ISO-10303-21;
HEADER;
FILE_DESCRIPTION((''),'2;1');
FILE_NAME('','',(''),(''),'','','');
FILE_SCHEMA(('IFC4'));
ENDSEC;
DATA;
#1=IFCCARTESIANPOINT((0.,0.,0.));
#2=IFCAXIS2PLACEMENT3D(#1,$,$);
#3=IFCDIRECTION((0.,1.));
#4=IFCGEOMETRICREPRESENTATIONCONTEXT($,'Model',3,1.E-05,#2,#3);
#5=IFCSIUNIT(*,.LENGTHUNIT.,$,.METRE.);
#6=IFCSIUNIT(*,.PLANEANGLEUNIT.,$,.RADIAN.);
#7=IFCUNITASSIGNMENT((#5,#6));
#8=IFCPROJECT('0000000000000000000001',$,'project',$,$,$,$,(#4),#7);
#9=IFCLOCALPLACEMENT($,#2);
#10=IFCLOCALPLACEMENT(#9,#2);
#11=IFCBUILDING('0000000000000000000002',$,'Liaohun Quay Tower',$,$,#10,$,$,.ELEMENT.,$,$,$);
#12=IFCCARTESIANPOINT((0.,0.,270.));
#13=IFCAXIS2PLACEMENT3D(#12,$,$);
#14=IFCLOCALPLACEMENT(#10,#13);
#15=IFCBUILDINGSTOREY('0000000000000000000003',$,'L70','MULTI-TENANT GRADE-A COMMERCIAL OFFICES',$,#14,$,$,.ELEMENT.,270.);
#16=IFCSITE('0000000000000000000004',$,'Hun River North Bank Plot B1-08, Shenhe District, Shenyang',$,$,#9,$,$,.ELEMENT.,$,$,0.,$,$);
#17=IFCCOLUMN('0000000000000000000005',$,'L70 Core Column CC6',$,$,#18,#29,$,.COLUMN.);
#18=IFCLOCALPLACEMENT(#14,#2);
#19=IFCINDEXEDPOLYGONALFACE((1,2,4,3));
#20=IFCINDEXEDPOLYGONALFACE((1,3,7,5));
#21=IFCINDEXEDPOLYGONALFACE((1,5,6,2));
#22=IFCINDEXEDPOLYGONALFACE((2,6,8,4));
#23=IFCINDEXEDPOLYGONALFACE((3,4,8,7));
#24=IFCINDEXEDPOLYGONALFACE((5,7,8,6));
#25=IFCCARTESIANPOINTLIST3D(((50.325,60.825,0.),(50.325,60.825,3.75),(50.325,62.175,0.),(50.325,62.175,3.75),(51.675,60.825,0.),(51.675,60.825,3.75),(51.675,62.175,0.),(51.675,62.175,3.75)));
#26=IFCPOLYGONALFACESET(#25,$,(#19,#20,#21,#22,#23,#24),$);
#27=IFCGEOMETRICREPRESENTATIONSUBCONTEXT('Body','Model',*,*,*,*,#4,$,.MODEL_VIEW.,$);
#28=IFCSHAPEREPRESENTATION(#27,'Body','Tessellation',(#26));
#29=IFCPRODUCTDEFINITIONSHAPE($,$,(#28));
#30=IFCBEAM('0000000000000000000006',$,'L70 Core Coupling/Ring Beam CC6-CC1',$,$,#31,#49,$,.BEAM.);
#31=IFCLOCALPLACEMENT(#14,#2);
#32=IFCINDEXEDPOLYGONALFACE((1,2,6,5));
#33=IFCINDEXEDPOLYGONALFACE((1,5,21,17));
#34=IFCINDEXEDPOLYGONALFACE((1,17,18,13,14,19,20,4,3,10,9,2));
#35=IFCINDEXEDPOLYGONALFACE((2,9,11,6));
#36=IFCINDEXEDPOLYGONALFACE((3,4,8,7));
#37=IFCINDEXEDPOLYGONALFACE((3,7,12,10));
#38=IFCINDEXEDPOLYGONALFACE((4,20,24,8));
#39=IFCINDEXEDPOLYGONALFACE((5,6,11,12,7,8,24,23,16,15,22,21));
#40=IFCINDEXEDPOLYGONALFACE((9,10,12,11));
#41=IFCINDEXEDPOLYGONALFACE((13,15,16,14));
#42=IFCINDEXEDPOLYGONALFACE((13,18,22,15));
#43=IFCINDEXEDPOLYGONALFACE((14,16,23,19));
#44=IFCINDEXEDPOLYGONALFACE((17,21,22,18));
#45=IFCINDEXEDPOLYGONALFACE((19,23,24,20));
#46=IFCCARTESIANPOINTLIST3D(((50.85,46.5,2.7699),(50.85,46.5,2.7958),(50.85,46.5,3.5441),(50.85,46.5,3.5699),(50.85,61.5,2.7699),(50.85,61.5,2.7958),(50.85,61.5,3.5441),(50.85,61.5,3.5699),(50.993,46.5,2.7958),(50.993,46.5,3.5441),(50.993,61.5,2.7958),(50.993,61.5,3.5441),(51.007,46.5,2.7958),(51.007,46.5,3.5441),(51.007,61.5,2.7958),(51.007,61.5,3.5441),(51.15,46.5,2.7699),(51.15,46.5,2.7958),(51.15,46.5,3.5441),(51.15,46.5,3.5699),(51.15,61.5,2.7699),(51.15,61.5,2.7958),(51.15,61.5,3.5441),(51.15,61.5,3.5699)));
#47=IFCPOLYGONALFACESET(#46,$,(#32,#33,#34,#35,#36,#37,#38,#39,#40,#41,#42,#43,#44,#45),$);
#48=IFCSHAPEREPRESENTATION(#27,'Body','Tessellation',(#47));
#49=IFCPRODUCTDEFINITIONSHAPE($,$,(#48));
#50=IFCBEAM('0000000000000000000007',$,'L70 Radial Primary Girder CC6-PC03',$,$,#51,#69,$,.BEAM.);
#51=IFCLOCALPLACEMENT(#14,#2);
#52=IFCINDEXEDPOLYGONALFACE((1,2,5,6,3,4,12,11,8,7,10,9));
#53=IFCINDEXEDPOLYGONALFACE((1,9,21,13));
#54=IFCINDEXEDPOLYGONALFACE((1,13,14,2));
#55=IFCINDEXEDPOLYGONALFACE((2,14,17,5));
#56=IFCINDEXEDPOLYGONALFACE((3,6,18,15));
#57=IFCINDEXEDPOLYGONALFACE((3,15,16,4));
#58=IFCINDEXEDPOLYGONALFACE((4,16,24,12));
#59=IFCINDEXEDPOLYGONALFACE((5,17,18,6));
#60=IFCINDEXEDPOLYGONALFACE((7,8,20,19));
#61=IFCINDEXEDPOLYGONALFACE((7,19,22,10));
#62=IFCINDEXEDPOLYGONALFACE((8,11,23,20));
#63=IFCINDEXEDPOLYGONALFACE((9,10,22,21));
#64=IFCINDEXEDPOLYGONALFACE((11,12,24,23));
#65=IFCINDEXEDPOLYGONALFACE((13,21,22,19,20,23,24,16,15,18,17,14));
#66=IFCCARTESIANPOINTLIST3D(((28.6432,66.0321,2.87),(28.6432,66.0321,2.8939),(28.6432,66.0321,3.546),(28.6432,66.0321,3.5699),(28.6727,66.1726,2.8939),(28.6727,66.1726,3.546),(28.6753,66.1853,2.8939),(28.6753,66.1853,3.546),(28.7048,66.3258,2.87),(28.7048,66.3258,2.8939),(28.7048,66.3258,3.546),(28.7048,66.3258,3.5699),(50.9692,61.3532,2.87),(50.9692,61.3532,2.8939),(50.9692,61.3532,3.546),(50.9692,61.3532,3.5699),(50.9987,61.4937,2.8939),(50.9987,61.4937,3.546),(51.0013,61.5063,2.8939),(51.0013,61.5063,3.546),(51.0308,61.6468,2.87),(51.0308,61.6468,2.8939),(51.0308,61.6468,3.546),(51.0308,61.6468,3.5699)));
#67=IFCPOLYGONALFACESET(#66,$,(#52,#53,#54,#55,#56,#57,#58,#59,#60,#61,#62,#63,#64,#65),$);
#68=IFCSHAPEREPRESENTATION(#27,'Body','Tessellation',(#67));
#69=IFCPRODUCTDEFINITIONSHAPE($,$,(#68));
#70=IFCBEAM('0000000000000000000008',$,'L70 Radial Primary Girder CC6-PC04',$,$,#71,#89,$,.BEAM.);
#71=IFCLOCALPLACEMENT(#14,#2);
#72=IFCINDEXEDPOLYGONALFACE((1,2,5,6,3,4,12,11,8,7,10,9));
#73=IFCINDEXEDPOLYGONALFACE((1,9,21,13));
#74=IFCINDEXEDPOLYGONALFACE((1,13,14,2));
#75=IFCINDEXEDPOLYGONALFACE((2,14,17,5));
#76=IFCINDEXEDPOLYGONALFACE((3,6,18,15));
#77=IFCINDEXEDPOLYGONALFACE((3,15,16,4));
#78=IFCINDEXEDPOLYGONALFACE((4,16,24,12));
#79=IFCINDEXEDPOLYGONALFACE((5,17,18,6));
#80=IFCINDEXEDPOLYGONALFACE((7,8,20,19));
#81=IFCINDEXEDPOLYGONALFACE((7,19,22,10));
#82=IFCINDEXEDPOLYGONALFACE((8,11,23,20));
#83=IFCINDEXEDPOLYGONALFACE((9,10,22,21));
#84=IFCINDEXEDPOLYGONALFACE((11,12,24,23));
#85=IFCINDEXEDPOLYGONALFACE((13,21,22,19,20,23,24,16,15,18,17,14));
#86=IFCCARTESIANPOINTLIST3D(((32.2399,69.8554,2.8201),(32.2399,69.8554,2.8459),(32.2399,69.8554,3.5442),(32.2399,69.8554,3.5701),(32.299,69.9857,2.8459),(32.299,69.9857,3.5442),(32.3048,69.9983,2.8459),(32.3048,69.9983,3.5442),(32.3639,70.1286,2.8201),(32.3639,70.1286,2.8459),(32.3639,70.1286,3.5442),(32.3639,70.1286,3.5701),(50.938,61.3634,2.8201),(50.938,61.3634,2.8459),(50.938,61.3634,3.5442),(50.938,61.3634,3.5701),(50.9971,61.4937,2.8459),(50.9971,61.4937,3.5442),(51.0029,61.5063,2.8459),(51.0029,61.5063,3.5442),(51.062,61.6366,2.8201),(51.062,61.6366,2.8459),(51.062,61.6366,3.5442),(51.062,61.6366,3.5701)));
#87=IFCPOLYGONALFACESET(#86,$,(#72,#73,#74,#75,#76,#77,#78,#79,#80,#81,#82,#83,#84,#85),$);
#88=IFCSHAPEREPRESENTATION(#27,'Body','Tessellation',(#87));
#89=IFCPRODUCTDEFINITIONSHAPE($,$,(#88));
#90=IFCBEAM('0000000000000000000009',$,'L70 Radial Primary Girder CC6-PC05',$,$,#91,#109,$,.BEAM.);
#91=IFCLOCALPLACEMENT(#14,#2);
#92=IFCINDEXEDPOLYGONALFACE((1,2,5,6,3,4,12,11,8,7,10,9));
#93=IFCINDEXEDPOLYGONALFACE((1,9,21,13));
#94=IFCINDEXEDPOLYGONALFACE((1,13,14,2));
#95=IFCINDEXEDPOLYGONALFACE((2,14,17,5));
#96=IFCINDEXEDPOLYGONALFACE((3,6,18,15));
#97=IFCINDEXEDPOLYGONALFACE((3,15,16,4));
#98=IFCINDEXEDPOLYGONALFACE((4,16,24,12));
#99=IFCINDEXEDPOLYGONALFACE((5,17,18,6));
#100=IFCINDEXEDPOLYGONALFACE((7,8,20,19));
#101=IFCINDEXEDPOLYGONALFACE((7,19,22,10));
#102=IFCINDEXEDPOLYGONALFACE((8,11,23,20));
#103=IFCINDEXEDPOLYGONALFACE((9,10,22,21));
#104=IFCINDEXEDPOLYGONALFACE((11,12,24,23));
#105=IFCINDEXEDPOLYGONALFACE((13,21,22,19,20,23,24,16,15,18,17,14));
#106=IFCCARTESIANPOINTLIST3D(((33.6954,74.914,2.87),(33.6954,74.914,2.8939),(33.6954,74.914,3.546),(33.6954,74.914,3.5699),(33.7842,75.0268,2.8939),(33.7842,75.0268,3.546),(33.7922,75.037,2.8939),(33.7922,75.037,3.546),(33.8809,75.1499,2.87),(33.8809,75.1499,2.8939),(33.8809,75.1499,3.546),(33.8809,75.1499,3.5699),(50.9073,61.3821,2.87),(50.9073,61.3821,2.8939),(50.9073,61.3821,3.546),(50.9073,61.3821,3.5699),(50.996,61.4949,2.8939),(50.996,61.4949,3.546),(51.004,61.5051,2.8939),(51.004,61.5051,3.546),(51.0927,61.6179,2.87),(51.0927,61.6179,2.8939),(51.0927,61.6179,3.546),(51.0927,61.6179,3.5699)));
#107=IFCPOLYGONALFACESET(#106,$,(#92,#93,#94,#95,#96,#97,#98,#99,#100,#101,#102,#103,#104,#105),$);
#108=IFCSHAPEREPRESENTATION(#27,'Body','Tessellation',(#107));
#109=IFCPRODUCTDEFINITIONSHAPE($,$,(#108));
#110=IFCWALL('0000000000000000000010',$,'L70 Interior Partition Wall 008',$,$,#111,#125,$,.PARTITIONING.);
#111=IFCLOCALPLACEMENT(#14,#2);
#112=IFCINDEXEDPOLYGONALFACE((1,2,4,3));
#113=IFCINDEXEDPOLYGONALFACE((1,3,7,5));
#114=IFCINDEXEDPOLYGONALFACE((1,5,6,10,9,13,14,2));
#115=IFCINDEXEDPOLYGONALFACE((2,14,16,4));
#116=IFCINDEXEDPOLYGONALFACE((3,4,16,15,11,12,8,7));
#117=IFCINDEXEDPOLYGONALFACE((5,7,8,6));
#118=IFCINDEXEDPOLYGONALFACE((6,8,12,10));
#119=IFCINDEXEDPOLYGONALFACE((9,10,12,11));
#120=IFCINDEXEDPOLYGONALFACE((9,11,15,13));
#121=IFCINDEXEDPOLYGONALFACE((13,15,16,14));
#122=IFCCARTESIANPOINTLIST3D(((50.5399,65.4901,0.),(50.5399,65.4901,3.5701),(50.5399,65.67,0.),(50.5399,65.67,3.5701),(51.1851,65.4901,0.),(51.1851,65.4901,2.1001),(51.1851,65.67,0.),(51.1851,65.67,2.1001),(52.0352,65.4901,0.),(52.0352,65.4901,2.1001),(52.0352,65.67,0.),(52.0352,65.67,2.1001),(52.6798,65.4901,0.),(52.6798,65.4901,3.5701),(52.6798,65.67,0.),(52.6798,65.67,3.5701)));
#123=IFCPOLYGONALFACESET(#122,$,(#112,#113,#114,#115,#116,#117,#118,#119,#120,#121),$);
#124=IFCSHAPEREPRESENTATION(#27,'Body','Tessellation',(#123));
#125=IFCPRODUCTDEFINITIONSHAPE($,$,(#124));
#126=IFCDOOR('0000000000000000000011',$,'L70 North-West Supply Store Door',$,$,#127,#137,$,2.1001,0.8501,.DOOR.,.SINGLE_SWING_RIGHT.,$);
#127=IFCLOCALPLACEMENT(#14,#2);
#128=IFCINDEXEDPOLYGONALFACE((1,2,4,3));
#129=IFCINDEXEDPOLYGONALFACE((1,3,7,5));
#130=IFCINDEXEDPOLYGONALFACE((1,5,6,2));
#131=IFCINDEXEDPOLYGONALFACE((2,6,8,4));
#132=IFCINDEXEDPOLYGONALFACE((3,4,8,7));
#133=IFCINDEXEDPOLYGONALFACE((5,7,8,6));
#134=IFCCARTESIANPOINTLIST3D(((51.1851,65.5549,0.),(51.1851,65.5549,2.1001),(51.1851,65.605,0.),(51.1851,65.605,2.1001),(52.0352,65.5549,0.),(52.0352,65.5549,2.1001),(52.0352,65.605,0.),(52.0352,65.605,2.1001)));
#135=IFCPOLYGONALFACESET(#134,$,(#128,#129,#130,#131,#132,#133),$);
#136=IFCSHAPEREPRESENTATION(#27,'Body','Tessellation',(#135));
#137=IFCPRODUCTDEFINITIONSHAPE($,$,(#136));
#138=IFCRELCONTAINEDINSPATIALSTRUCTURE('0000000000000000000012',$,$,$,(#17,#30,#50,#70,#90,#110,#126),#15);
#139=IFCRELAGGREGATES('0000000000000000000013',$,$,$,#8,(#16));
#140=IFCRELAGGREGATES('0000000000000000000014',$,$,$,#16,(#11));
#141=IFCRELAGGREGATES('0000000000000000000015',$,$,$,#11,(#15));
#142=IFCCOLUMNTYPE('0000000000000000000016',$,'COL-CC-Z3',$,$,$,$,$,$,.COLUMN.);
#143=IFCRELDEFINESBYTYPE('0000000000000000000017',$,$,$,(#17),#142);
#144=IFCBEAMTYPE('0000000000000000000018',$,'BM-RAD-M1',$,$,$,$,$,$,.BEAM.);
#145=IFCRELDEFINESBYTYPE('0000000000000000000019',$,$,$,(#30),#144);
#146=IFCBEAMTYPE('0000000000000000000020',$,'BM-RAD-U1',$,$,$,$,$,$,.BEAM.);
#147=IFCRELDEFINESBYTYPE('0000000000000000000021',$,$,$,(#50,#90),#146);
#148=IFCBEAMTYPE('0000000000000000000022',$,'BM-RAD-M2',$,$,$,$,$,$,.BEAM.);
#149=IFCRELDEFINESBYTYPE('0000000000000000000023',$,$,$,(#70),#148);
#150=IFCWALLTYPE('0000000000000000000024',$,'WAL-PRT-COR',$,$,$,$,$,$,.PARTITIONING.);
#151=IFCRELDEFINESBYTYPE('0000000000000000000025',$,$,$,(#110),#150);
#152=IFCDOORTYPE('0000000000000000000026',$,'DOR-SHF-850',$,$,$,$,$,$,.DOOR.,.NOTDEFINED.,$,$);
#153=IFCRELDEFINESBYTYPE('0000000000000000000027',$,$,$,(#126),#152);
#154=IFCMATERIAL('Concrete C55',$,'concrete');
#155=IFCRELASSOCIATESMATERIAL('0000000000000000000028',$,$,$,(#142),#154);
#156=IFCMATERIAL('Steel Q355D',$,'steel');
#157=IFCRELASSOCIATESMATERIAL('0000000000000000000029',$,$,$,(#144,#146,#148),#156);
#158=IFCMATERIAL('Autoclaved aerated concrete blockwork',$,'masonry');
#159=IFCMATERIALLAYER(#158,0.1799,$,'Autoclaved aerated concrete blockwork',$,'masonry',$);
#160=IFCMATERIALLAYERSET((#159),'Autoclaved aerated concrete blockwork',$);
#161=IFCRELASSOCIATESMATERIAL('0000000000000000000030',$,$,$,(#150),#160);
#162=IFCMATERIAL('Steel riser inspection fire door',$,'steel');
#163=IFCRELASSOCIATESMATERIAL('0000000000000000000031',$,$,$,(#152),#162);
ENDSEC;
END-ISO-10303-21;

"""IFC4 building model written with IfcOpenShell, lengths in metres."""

from ifc_helpers import new_model, si_unit, direction, frame, frame_2d, origin, origin_2d, place, context, subcontext, project, spatial, rectangle, i_section, extrude, source, transform, mapped, material, layer, layer_set, material_profile, profile_set, type_object, element, fill, save


model = new_model("IFC4")

# Units and contexts
model_context = context("Model", 3, precision=1e-05, world=origin(), true_north=direction((0.0, 1.0)))
body_context = subcontext(model_context, "Body", "Model", "MODEL_VIEW")
ifc_project = project(units=[si_unit("LENGTHUNIT", "METRE"), si_unit("PLANEANGLEUNIT", "RADIAN")], contexts=[model_context])

# Site, building, storey
site_placement = place(None, origin())
site = spatial("IfcSite", under=ifc_project, at=site_placement, Name="Hun River North Bank Plot B1-08, Shenhe District, Shenyang", CompositionType="ELEMENT", RefElevation=0.0)
building_placement = place(site_placement, origin())
building = spatial("IfcBuilding", under=site, at=building_placement, Name="Liaohun Quay Tower", CompositionType="ELEMENT")
storey_placement = place(building_placement, frame((0.0, 0.0, 270.0)))
storey = spatial("IfcBuildingStorey", under=building, at=storey_placement, Name="L70", Description="MULTI-TENANT GRADE-A COMMERCIAL OFFICES", CompositionType="ELEMENT", Elevation=270.0)

# Column
ifc_material_1 = material(Name="Concrete C55", Category="concrete")
ifc_material_profile_1 = material_profile(ifc_material_1, rectangle(XDim=1.3501, YDim=1.3501, at=origin_2d()), Name="RC1350x1350")
ifc_profile_set_1 = profile_set([ifc_material_profile_1], Name="Concrete C55")
column_type = type_object("IfcColumnType", Name="COL-CC-Z3", PredefinedType="COLUMN", material=ifc_profile_set_1)
shared_shape_1 = source(origin(), body_context, "Body", "SweptSolid", [
    extrude(rectangle(XDim=1.3501, YDim=1.3501, at=origin_2d()), origin(), (0.0, 0.0, 1.0), 3.75),
])
column_placement = place(storey_placement, frame((51.0, 61.5, 0.0), z_axis=(0.0, 0.0, 1.0), x_axis=(1.0, 0.0, 0.0)))
element("IfcColumn", 1, at=column_placement, inside=storey, type_object=column_type, Name="L70 Core Column CC6", PredefinedType="COLUMN", context=body_context, shape_type="MappedRepresentation", body=[
    mapped(shared_shape_1, transform((0.0, 0.0, 0.0), x_axis=(1.0, 0.0, 0.0), y_axis=(0.0, 1.0, 0.0), z_axis=(0.0, 0.0, 1.0), scale=1.0)),
])

# Beams
ifc_material_2 = material(Name="Steel Q355D", Category="steel")
ifc_material_profile_2 = material_profile(ifc_material_2, i_section(OverallWidth=0.3, OverallDepth=0.8, WebThickness=0.0139, FlangeThickness=0.0259, at=origin_2d()), Name="HN800x300x14x26")
ifc_profile_set_2 = profile_set([ifc_material_profile_2], Name="Steel Q355D")
beam_type_1 = type_object("IfcBeamType", Name="BM-RAD-M1", PredefinedType="BEAM", material=ifc_profile_set_2)
shared_shape_2 = source(origin(), body_context, "Body", "SweptSolid", [
    extrude(i_section(OverallWidth=0.3, OverallDepth=0.8, WebThickness=0.0139, FlangeThickness=0.0259, at=origin_2d()), origin(), (0.0, 0.0, 1.0), 15.0),
])
beam_1_placement = place(storey_placement, frame((51.0, 61.5, 3.1699), z_axis=(0.0, -1.0, 0.0), x_axis=(1.0, 0.0, 0.0)))
element("IfcBeam", 2, at=beam_1_placement, inside=storey, type_object=beam_type_1, Name="L70 Core Coupling/Ring Beam CC6-CC1", PredefinedType="BEAM", context=body_context, shape_type="MappedRepresentation", body=[
    mapped(shared_shape_2, transform((0.0, 0.0, 0.0), x_axis=(1.0, 0.0, 0.0), y_axis=(0.0, 1.0, 0.0), z_axis=(0.0, 0.0, 1.0), scale=1.0)),
])
ifc_material_profile_3 = material_profile(ifc_material_2, i_section(OverallWidth=0.3, OverallDepth=0.7, WebThickness=0.0129, FlangeThickness=0.0239, at=origin_2d()), Name="HN700x300x13x24")
ifc_profile_set_3 = profile_set([ifc_material_profile_3], Name="Steel Q355D")
beam_type_2 = type_object("IfcBeamType", Name="BM-RAD-U1", PredefinedType="BEAM", material=ifc_profile_set_3)
shared_shape_3 = source(origin(), body_context, "Body", "SweptSolid", [
    extrude(i_section(OverallWidth=0.3, OverallDepth=0.7, WebThickness=0.0129, FlangeThickness=0.0239, at=origin_2d()), origin(), (0.0, 0.0, 1.0), 22.811),
])
beam_2_placement = place(storey_placement, frame((51.0, 61.5, 3.22), z_axis=(-0.978737, 0.205119, 0.0), x_axis=(-0.205119, -0.978737, 0.0)))
element("IfcBeam", 3, at=beam_2_placement, inside=storey, type_object=beam_type_2, Name="L70 Radial Primary Girder CC6-PC03", PredefinedType="BEAM", context=body_context, shape_type="MappedRepresentation", body=[
    mapped(shared_shape_3, transform((0.0, 0.0, 0.0), x_axis=(1.0, 0.0, 0.0), y_axis=(0.0, 1.0, 0.0), z_axis=(0.0, 0.0, 1.0), scale=1.0)),
])
ifc_material_profile_4 = material_profile(ifc_material_2, i_section(OverallWidth=0.3, OverallDepth=0.75, WebThickness=0.0139, FlangeThickness=0.0259, at=origin_2d()), Name="HN750x300x14x26")
ifc_profile_set_4 = profile_set([ifc_material_profile_4], Name="Steel Q355D")
beam_type_3 = type_object("IfcBeamType", Name="BM-RAD-M2", PredefinedType="BEAM", material=ifc_profile_set_4)
shared_shape_4 = source(origin(), body_context, "Body", "SweptSolid", [
    extrude(i_section(OverallWidth=0.3, OverallDepth=0.75, WebThickness=0.0139, FlangeThickness=0.0259, at=origin_2d()), origin(), (0.0, 0.0, 1.0), 20.5361),
])
beam_3_placement = place(storey_placement, frame((51.0, 61.5, 3.1951), z_axis=(-0.910498, 0.413515, 0.0), x_axis=(-0.413515, -0.910498, 0.0)))
element("IfcBeam", 4, at=beam_3_placement, inside=storey, type_object=beam_type_3, Name="L70 Radial Primary Girder CC6-PC04", PredefinedType="BEAM", context=body_context, shape_type="MappedRepresentation", body=[
    mapped(shared_shape_4, transform((0.0, 0.0, 0.0), x_axis=(1.0, 0.0, 0.0), y_axis=(0.0, 1.0, 0.0), z_axis=(0.0, 0.0, 1.0), scale=1.0)),
])
shared_shape_5 = source(origin(), body_context, "Body", "SweptSolid", [
    extrude(i_section(OverallWidth=0.3, OverallDepth=0.7, WebThickness=0.0129, FlangeThickness=0.0239, at=origin_2d()), origin(), (0.0, 0.0, 1.0), 21.8943),
])
beam_4_placement = place(storey_placement, frame((51.0, 61.5, 3.22), z_axis=(-0.786133, 0.618057, 0.0), x_axis=(-0.618057, -0.786133, 0.0)))
element("IfcBeam", 5, at=beam_4_placement, inside=storey, type_object=beam_type_2, Name="L70 Radial Primary Girder CC6-PC05", PredefinedType="BEAM", context=body_context, shape_type="MappedRepresentation", body=[
    mapped(shared_shape_5, transform((0.0, 0.0, 0.0), x_axis=(1.0, 0.0, 0.0), y_axis=(0.0, 1.0, 0.0), z_axis=(0.0, 0.0, 1.0), scale=1.0)),
])

# Wall, opening, door
ifc_material_3 = material(Name="Autoclaved aerated concrete blockwork", Category="masonry")
ifc_layer_1 = layer(ifc_material_3, 0.1799, Name="Autoclaved aerated concrete blockwork", Category="masonry")
ifc_layer_set_1 = layer_set([ifc_layer_1], Name="Autoclaved aerated concrete blockwork")
wall_type_1 = type_object("IfcWallType", Name="WAL-PRT-COR", PredefinedType="PARTITIONING", material=ifc_layer_set_1)
wall_1_placement = place(storey_placement, frame((50.54, 65.5801, 0.0), z_axis=(0.0, 0.0, 1.0), x_axis=(1.0, 0.0, 0.0)))
wall_1 = element("IfcWall", 6, at=wall_1_placement, inside=storey, type_object=wall_type_1, Name="L70 Interior Partition Wall 008", PredefinedType="PARTITIONING", context=body_context, shape_type="SweptSolid", body=[
    extrude(rectangle(XDim=2.1399, YDim=0.1799, at=frame_2d((1.0698, 0.0))), origin(), (0.0, 0.0, 1.0), 3.5701),
])
shared_shape_6 = source(origin(), body_context, "Body", "SweptSolid", [
    extrude(rectangle(XDim=0.8501, YDim=2.1001, at=frame_2d((0.425, 1.05))), frame((0.0, 0.0999, 0.0), z_axis=(0.0, -1.0, 0.0), x_axis=(1.0, 0.0, 0.0)), (0.0, 0.0, 1.0), 0.2),
])
opening_1_placement = place(wall_1_placement, frame((0.645, 0.0, 0.0)))
opening_1 = element("IfcOpeningElement", 7, at=opening_1_placement, cuts=wall_1, PredefinedType="OPENING", context=body_context, shape_type="MappedRepresentation", body=[
    mapped(shared_shape_6, transform((0.0, 0.0, 0.0), x_axis=(1.0, 0.0, 0.0), y_axis=(0.0, 1.0, 0.0), z_axis=(0.0, 0.0, 1.0), scale=1.0)),
])
ifc_material_4 = material(Name="Steel riser inspection fire door", Category="steel")
door_type_1 = type_object("IfcDoorType", Name="DOR-SHF-850", OperationType="NOTDEFINED", PredefinedType="DOOR", material=ifc_material_4)
shared_shape_7 = source(origin(), body_context, "Body", "SweptSolid", [
    extrude(rectangle(XDim=0.8501, YDim=2.1001, at=frame_2d((0.425, 1.05))), frame((0.0, 0.0249, 0.0), z_axis=(0.0, -1.0, 0.0), x_axis=(1.0, 0.0, 0.0)), (0.0, 0.0, 1.0), 0.05),
])
door_1_placement = place(opening_1_placement, origin())
door_1 = element("IfcDoor", 8, at=door_1_placement, inside=storey, type_object=door_type_1, Name="L70 North-West Supply Store Door", OperationType="SINGLE_SWING_RIGHT", OverallHeight=2.1001, OverallWidth=0.8501, PredefinedType="DOOR", context=body_context, shape_type="MappedRepresentation", body=[
    mapped(shared_shape_7, transform((0.0, 0.0, 0.0), x_axis=(1.0, 0.0, 0.0), y_axis=(0.0, 1.0, 0.0), z_axis=(0.0, 0.0, 1.0), scale=1.0)),
])
fill(opening_1, door_1)

save(model, "model.ifc")
